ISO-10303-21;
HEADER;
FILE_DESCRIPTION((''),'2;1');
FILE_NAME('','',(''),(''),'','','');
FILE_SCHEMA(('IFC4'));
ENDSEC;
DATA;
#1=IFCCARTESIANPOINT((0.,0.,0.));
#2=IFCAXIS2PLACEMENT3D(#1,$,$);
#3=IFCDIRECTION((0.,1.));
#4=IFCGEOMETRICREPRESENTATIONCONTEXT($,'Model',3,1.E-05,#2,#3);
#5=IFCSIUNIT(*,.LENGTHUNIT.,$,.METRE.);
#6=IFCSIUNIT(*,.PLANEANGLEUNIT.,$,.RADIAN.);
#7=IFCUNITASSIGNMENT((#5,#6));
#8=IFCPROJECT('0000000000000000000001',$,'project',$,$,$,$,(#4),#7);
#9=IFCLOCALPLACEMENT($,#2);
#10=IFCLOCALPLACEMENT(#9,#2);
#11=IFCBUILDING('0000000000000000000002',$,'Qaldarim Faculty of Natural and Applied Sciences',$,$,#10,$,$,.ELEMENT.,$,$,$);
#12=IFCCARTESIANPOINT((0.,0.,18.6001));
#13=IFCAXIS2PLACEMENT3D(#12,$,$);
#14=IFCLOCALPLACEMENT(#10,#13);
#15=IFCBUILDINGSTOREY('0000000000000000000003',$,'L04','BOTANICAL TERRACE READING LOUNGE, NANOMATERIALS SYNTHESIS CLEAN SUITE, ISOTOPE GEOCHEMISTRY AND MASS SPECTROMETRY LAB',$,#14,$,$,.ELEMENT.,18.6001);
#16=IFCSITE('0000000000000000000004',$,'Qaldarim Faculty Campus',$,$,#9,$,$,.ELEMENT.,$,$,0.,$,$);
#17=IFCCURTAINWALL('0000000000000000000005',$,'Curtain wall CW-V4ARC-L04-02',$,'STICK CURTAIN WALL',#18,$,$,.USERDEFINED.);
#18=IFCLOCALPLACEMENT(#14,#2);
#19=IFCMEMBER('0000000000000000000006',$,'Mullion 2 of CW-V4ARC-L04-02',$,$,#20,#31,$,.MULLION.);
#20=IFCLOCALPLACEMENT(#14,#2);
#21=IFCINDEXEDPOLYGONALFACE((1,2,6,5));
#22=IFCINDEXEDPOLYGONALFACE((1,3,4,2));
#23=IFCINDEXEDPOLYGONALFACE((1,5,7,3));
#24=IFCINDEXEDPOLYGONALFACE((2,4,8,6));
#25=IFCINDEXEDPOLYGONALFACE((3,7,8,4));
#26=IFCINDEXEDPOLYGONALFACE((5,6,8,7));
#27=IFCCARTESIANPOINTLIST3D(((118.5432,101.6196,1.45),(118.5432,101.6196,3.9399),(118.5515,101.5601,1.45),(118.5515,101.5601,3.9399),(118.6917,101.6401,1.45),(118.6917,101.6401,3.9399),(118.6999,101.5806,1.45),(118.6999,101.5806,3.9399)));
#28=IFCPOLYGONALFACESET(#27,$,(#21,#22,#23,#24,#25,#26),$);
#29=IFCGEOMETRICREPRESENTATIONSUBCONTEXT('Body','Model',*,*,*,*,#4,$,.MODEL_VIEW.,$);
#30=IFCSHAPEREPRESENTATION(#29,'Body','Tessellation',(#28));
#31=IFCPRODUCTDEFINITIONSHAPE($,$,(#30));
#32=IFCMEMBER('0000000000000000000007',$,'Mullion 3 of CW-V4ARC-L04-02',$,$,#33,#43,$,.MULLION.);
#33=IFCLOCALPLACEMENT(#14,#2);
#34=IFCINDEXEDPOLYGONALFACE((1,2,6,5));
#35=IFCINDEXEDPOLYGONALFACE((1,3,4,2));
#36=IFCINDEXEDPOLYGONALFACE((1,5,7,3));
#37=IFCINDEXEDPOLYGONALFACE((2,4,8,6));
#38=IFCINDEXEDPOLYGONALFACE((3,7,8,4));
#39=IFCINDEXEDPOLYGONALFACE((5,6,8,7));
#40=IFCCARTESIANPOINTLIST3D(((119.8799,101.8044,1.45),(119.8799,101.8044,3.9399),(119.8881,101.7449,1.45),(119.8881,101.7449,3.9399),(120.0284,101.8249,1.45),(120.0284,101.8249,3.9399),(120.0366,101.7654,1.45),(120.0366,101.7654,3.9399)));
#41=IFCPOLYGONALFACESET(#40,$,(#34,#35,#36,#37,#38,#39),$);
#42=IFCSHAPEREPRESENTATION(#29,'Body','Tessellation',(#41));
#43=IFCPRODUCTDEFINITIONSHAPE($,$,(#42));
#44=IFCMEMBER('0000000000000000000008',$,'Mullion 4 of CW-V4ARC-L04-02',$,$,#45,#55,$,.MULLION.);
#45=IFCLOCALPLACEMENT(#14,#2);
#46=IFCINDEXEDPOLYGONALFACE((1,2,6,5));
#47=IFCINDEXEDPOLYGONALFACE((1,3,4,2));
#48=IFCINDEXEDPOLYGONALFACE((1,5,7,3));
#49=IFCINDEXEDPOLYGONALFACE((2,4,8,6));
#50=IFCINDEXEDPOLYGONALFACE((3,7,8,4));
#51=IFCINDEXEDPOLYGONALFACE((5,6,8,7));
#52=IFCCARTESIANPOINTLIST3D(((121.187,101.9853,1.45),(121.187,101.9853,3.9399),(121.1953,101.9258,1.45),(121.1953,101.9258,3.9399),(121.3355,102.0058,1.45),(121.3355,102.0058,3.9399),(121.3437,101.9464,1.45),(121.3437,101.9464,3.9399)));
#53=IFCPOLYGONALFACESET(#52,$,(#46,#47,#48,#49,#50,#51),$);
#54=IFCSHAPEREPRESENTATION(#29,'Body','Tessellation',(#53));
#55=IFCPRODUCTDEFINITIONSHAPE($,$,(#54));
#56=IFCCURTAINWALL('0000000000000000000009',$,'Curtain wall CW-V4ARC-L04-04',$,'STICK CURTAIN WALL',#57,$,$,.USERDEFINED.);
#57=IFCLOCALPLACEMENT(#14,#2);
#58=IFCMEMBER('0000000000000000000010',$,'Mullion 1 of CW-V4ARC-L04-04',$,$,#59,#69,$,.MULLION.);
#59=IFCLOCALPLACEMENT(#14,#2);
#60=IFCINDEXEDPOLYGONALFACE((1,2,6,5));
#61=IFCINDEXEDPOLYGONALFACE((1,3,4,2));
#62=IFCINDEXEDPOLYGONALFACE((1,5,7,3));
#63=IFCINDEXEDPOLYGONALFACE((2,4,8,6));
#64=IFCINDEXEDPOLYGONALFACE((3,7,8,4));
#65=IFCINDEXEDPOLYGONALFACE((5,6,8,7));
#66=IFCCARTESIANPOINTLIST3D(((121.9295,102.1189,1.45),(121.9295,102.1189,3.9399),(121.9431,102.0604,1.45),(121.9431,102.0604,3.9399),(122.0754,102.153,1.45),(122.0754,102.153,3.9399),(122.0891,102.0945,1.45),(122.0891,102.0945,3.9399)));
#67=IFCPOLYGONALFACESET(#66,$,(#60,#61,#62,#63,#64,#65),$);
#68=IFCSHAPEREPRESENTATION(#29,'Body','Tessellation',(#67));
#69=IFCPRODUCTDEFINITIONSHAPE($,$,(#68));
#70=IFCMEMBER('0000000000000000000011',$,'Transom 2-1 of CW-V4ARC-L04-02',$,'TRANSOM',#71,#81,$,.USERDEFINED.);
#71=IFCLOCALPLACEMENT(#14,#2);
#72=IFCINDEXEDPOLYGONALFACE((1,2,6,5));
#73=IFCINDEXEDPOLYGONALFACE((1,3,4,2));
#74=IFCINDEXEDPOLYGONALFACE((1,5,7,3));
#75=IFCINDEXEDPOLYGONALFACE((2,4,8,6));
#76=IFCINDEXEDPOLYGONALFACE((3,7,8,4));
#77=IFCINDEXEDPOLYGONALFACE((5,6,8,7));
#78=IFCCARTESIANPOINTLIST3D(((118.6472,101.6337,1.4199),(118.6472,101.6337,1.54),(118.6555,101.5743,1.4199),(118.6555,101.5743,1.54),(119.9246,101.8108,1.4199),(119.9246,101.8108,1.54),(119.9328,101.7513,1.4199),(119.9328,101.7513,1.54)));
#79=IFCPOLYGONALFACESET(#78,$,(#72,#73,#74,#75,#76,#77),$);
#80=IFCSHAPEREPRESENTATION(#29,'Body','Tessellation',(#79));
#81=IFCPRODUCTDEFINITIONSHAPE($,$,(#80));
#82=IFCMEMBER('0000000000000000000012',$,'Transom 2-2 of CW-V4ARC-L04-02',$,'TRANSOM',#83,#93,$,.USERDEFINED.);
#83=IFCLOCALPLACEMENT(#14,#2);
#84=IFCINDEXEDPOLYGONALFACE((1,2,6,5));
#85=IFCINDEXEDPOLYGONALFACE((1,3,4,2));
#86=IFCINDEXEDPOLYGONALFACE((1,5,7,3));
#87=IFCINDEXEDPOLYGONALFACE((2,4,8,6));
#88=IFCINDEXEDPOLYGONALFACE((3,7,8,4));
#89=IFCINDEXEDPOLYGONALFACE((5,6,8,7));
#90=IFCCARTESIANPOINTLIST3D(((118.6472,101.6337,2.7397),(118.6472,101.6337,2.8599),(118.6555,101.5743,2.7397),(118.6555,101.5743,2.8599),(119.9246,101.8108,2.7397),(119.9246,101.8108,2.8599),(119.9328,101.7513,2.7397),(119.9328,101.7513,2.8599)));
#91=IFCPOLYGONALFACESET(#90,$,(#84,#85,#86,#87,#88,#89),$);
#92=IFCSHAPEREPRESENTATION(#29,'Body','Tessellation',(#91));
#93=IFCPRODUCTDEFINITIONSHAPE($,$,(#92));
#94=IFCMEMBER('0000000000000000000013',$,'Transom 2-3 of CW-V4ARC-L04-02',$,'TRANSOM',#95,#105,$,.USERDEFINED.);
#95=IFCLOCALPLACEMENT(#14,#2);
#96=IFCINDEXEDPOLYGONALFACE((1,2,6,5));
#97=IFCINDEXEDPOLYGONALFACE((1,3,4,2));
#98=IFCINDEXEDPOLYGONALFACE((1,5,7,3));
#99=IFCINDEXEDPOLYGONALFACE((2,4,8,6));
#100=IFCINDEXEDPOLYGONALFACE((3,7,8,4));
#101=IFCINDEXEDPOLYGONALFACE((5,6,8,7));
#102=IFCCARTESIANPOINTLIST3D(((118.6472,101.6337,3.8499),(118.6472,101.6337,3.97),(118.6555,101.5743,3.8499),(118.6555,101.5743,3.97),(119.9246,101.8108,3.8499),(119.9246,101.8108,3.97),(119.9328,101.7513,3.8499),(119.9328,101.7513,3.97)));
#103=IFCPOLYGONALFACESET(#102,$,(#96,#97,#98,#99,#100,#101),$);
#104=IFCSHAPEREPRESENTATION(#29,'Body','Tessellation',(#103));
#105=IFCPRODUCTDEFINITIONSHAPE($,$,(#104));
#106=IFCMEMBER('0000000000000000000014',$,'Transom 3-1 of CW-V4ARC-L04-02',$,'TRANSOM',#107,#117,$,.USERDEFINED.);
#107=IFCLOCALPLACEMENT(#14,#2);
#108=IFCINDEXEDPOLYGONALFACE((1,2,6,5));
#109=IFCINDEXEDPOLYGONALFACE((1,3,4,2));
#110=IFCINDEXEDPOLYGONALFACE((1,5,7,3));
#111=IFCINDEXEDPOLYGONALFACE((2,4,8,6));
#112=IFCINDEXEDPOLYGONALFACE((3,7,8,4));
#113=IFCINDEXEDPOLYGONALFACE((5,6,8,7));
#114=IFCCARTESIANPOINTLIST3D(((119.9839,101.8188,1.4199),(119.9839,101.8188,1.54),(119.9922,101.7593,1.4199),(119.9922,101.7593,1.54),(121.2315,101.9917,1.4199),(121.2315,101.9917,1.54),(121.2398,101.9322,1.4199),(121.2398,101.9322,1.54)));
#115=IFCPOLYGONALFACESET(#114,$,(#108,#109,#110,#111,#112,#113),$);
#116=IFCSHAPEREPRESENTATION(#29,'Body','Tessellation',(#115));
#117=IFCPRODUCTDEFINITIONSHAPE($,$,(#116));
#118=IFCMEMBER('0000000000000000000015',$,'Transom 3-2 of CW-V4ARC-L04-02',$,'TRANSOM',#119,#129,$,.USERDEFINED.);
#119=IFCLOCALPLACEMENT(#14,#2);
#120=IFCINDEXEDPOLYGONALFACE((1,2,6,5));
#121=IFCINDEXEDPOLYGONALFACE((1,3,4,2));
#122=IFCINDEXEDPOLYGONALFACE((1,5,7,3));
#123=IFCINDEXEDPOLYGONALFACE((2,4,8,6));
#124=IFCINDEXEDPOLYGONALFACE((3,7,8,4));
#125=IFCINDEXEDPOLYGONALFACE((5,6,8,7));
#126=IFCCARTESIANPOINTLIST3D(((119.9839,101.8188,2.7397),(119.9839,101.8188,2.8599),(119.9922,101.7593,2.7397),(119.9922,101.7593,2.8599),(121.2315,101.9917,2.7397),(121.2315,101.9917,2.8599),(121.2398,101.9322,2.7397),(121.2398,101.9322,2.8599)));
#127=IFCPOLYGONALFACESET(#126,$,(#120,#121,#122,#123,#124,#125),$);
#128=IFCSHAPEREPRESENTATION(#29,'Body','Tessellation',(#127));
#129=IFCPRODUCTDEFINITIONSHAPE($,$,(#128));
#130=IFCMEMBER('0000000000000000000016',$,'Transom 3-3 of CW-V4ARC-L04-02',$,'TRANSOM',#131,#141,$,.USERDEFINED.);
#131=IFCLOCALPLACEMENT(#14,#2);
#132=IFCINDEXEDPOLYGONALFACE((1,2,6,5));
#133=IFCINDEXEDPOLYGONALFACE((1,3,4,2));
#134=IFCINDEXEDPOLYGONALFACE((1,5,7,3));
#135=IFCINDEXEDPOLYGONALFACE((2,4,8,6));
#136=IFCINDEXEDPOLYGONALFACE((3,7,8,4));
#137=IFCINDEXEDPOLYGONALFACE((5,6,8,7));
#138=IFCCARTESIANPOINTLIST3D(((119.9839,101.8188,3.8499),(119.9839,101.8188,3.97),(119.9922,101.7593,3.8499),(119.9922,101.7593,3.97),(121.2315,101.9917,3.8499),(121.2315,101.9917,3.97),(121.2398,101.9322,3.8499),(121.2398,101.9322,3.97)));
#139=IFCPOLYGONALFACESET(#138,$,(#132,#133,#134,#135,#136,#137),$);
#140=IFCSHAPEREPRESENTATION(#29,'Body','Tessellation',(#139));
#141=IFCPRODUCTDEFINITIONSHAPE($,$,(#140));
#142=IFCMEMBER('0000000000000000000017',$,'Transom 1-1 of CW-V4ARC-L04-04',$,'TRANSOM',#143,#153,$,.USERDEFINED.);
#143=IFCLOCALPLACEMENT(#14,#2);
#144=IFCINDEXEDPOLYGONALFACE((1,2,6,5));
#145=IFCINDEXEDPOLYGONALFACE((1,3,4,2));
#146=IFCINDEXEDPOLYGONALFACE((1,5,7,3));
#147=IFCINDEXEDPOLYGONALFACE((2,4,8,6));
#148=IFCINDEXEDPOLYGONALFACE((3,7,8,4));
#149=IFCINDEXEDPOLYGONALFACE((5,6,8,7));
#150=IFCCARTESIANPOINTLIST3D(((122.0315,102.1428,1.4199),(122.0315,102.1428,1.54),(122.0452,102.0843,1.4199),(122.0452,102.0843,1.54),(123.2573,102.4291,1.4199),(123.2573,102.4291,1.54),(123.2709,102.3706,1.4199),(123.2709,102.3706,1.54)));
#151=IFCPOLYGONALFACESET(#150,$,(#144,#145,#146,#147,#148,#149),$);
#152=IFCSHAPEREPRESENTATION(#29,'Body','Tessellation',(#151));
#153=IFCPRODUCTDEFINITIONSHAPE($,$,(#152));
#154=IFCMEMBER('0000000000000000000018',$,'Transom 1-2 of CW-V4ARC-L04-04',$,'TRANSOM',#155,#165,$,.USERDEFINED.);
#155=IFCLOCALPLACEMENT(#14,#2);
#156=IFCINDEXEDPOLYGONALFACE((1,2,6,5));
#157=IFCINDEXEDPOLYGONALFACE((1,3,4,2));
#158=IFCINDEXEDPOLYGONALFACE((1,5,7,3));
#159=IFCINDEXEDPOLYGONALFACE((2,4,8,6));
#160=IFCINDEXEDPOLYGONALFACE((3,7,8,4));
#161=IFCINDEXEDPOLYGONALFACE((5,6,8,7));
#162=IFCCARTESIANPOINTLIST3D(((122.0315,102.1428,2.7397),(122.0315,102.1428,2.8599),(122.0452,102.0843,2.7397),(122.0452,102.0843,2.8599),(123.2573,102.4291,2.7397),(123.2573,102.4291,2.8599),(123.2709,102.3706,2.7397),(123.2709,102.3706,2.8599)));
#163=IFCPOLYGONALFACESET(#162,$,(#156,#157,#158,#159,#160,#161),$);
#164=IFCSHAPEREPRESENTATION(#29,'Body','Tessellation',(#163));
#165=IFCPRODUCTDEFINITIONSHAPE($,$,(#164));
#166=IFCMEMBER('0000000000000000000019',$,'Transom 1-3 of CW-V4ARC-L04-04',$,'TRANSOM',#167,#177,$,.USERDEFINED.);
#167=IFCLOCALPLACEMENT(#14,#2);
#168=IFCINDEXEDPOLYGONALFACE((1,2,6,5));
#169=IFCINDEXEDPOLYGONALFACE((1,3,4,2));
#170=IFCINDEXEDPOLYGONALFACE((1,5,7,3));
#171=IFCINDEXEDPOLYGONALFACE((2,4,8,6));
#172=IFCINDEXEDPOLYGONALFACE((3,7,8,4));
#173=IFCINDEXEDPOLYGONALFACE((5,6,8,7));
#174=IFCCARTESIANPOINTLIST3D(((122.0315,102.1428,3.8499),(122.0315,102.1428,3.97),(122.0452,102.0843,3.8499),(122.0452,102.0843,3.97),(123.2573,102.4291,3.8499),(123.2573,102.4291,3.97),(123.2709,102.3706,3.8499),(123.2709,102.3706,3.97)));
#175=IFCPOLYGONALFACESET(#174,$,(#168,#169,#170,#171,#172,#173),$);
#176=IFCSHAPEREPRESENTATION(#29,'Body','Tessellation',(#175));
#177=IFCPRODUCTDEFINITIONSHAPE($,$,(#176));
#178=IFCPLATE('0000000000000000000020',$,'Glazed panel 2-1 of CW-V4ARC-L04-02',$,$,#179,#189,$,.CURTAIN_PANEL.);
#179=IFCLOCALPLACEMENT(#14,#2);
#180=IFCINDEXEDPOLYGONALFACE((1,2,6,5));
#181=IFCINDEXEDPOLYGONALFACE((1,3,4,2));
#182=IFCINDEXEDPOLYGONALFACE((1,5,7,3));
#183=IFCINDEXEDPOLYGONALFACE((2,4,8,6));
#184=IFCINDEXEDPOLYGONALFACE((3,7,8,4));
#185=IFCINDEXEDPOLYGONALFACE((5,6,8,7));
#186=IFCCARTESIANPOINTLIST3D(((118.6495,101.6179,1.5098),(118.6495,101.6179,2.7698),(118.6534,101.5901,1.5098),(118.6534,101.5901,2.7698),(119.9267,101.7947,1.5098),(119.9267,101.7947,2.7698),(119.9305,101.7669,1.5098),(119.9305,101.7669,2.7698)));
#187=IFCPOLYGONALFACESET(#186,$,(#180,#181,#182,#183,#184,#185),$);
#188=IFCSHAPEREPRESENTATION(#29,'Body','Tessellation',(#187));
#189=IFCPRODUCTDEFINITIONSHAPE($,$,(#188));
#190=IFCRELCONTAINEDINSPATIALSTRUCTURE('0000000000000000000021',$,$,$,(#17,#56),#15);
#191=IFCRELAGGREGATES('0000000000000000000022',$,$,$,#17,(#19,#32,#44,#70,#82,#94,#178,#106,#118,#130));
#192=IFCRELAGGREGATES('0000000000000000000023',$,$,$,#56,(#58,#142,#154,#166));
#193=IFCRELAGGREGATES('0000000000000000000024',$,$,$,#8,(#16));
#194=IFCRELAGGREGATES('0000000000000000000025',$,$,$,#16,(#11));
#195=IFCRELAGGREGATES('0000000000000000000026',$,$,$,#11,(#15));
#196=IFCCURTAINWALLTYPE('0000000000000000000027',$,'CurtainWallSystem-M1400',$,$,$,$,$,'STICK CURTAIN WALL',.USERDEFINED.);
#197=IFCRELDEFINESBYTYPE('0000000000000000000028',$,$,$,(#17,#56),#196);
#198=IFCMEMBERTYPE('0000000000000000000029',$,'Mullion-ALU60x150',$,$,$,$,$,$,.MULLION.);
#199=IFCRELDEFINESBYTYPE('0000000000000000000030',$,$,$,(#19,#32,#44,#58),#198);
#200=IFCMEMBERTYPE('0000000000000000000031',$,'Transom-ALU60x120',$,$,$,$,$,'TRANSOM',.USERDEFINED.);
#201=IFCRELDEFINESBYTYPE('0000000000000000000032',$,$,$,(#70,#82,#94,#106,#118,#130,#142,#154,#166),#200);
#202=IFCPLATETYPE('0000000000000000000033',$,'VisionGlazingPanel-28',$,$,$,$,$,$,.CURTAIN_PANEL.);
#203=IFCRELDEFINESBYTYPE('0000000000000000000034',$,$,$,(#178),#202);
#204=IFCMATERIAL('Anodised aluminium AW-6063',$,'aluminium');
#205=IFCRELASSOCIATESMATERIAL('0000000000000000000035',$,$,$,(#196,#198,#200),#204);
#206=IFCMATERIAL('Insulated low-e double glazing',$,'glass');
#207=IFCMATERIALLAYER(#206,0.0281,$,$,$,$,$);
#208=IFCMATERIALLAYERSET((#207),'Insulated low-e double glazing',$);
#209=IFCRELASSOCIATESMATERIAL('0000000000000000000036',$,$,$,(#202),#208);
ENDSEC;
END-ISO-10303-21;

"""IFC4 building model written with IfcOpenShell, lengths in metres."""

from ifc_helpers import new_model, si_unit, direction, frame, origin, origin_2d, place, context, subcontext, project, spatial, rectangle, extrude, material, layer, layer_set, material_profile, profile_set, type_object, element, aggregate, save


model = new_model("IFC4")

# Units and contexts
model_context = context("Model", 3, precision=1e-05, world=origin(), true_north=direction((0.0, 1.0)))
body_context = subcontext(model_context, "Body", "Model", "MODEL_VIEW")
ifc_project = project(units=[si_unit("LENGTHUNIT", "METRE"), si_unit("PLANEANGLEUNIT", "RADIAN")], contexts=[model_context])

# Site, building, storey
site_placement = place(None, origin())
site = spatial("IfcSite", under=ifc_project, at=site_placement, Name="Qaldarim Faculty Campus", CompositionType="ELEMENT", RefElevation=0.0)
building_placement = place(site_placement, origin())
building = spatial("IfcBuilding", under=site, at=building_placement, Name="Qaldarim Faculty of Natural and Applied Sciences", CompositionType="ELEMENT")
storey_placement = place(building_placement, frame((0.0, 0.0, 18.6001)))
storey = spatial("IfcBuildingStorey", under=building, at=storey_placement, Name="L04", Description="BOTANICAL TERRACE READING LOUNGE, NANOMATERIALS SYNTHESIS CLEAN SUITE, ISOTOPE GEOCHEMISTRY AND MASS SPECTROMETRY LAB", CompositionType="ELEMENT", Elevation=18.6001)

# Curtain wall, members
ifc_material_1 = material(Name="Anodised aluminium AW-6063", Category="aluminium")
curtain_wall_type = type_object("IfcCurtainWallType", Name="CurtainWallSystem-M1400", ElementType="STICK CURTAIN WALL", PredefinedType="USERDEFINED", material=ifc_material_1)
curtain_wall_1_placement = place(storey_placement, origin())
curtain_wall_1 = element("IfcCurtainWall", 1, at=curtain_wall_1_placement, inside=storey, type_object=curtain_wall_type, Name="Curtain wall CW-V4ARC-L04-02", ObjectType="STICK CURTAIN WALL", PredefinedType="USERDEFINED")
ifc_material_profile_1 = material_profile(ifc_material_1, rectangle(XDim=0.0601, YDim=0.1499, at=origin_2d()), Name="ALU-M60x150")
ifc_profile_set_1 = profile_set([ifc_material_profile_1], Name="Anodised aluminium AW-6063")
member_type_1 = type_object("IfcMemberType", Name="Mullion-ALU60x150", PredefinedType="MULLION", material=ifc_profile_set_1)
member_1_placement = place(storey_placement, frame((118.6216, 101.6001, 1.45), z_axis=(0.0, 0.0, 1.0), x_axis=(-0.137099, 0.990557, 0.0)))
member_1 = element("IfcMember", 2, at=member_1_placement, type_object=member_type_1, Name="Mullion 2 of CW-V4ARC-L04-02", PredefinedType="MULLION", context=body_context, shape_type="SweptSolid", body=[
    extrude(rectangle(XDim=0.0601, YDim=0.1499, at=origin_2d()), origin(), (0.0, 0.0, 1.0), 2.49),
])
member_2_placement = place(storey_placement, frame((119.9583, 101.7849, 1.45), z_axis=(0.0, 0.0, 1.0), x_axis=(-0.137099, 0.990557, 0.0)))
member_2 = element("IfcMember", 3, at=member_2_placement, type_object=member_type_1, Name="Mullion 3 of CW-V4ARC-L04-02", PredefinedType="MULLION", context=body_context, shape_type="SweptSolid", body=[
    extrude(rectangle(XDim=0.0601, YDim=0.1499, at=origin_2d()), origin(), (0.0, 0.0, 1.0), 2.49),
])
member_3_placement = place(storey_placement, frame((121.2654, 101.9658, 1.45), z_axis=(0.0, 0.0, 1.0), x_axis=(-0.137099, 0.990557, 0.0)))
member_3 = element("IfcMember", 4, at=member_3_placement, type_object=member_type_1, Name="Mullion 4 of CW-V4ARC-L04-02", PredefinedType="MULLION", context=body_context, shape_type="SweptSolid", body=[
    extrude(rectangle(XDim=0.0601, YDim=0.1499, at=origin_2d()), origin(), (0.0, 0.0, 1.0), 2.49),
])

# Curtain wall, member
curtain_wall_2_placement = place(storey_placement, origin())
curtain_wall_2 = element("IfcCurtainWall", 5, at=curtain_wall_2_placement, inside=storey, type_object=curtain_wall_type, Name="Curtain wall CW-V4ARC-L04-04", ObjectType="STICK CURTAIN WALL", PredefinedType="USERDEFINED")
member_4_placement = place(storey_placement, frame((122.0093, 102.1067, 1.45), z_axis=(0.0, 0.0, 1.0), x_axis=(-0.227382, 0.973806, 0.0)))
member_4 = element("IfcMember", 6, at=member_4_placement, type_object=member_type_1, Name="Mullion 1 of CW-V4ARC-L04-04", PredefinedType="MULLION", context=body_context, shape_type="SweptSolid", body=[
    extrude(rectangle(XDim=0.0601, YDim=0.1499, at=origin_2d()), origin(), (0.0, 0.0, 1.0), 2.49),
])

# Members
ifc_material_profile_2 = material_profile(ifc_material_1, rectangle(XDim=0.0601, YDim=0.1201, at=origin_2d()), Name="ALU-T60x120")
ifc_profile_set_2 = profile_set([ifc_material_profile_2], Name="Anodised aluminium AW-6063")
member_type_2 = type_object("IfcMemberType", Name="Transom-ALU60x120", ElementType="TRANSOM", PredefinedType="USERDEFINED", material=ifc_profile_set_2)
member_5_placement = place(storey_placement, frame((118.6514, 101.604, 1.48), z_axis=(0.990535, 0.137259, 0.0), x_axis=(-0.137259, 0.990535, 0.0)))
member_5 = element("IfcMember", 7, at=member_5_placement, type_object=member_type_2, Name="Transom 2-1 of CW-V4ARC-L04-02", ObjectType="TRANSOM", PredefinedType="USERDEFINED", context=body_context, shape_type="SweptSolid", body=[
    extrude(rectangle(XDim=0.0601, YDim=0.1201, at=origin_2d()), origin(), (0.0, 0.0, 1.0), 1.2896),
])
member_6_placement = place(storey_placement, frame((118.6514, 101.604, 2.7998), z_axis=(0.990535, 0.137259, 0.0), x_axis=(-0.137259, 0.990535, 0.0)))
member_6 = element("IfcMember", 8, at=member_6_placement, type_object=member_type_2, Name="Transom 2-2 of CW-V4ARC-L04-02", ObjectType="TRANSOM", PredefinedType="USERDEFINED", context=body_context, shape_type="SweptSolid", body=[
    extrude(rectangle(XDim=0.0601, YDim=0.1201, at=origin_2d()), origin(), (0.0, 0.0, 1.0), 1.2896),
])
member_7_placement = place(storey_placement, frame((118.6514, 101.604, 3.9099), z_axis=(0.990535, 0.137259, 0.0), x_axis=(-0.137259, 0.990535, 0.0)))
member_7 = element("IfcMember", 9, at=member_7_placement, type_object=member_type_2, Name="Transom 2-3 of CW-V4ARC-L04-02", ObjectType="TRANSOM", PredefinedType="USERDEFINED", context=body_context, shape_type="SweptSolid", body=[
    extrude(rectangle(XDim=0.0601, YDim=0.1201, at=origin_2d()), origin(), (0.0, 0.0, 1.0), 1.2896),
])
member_8_placement = place(storey_placement, frame((119.988, 101.7891, 1.48), z_axis=(0.990538, 0.137241, 0.0), x_axis=(-0.137241, 0.990538, 0.0)))
member_8 = element("IfcMember", 10, at=member_8_placement, type_object=member_type_2, Name="Transom 3-1 of CW-V4ARC-L04-02", ObjectType="TRANSOM", PredefinedType="USERDEFINED", context=body_context, shape_type="SweptSolid", body=[
    extrude(rectangle(XDim=0.0601, YDim=0.1201, at=origin_2d()), origin(), (0.0, 0.0, 1.0), 1.2595),
])
member_9_placement = place(storey_placement, frame((119.988, 101.7891, 2.7998), z_axis=(0.990538, 0.137241, 0.0), x_axis=(-0.137241, 0.990538, 0.0)))
member_9 = element("IfcMember", 11, at=member_9_placement, type_object=member_type_2, Name="Transom 3-2 of CW-V4ARC-L04-02", ObjectType="TRANSOM", PredefinedType="USERDEFINED", context=body_context, shape_type="SweptSolid", body=[
    extrude(rectangle(XDim=0.0601, YDim=0.1201, at=origin_2d()), origin(), (0.0, 0.0, 1.0), 1.2595),
])
member_10_placement = place(storey_placement, frame((119.988, 101.7891, 3.9099), z_axis=(0.990538, 0.137241, 0.0), x_axis=(-0.137241, 0.990538, 0.0)))
member_10 = element("IfcMember", 12, at=member_10_placement, type_object=member_type_2, Name="Transom 3-3 of CW-V4ARC-L04-02", ObjectType="TRANSOM", PredefinedType="USERDEFINED", context=body_context, shape_type="SweptSolid", body=[
    extrude(rectangle(XDim=0.0601, YDim=0.1201, at=origin_2d()), origin(), (0.0, 0.0, 1.0), 1.2595),
])
member_11_placement = place(storey_placement, frame((122.0383, 102.1135, 1.48), z_axis=(0.97378, 0.227493, 0.0), x_axis=(-0.227493, 0.97378, 0.0)))
member_11 = element("IfcMember", 13, at=member_11_placement, type_object=member_type_2, Name="Transom 1-1 of CW-V4ARC-L04-04", ObjectType="TRANSOM", PredefinedType="USERDEFINED", context=body_context, shape_type="SweptSolid", body=[
    extrude(rectangle(XDim=0.0601, YDim=0.1201, at=origin_2d()), origin(), (0.0, 0.0, 1.0), 1.2588),
])
member_12_placement = place(storey_placement, frame((122.0383, 102.1135, 2.7998), z_axis=(0.97378, 0.227493, 0.0), x_axis=(-0.227493, 0.97378, 0.0)))
member_12 = element("IfcMember", 14, at=member_12_placement, type_object=member_type_2, Name="Transom 1-2 of CW-V4ARC-L04-04", ObjectType="TRANSOM", PredefinedType="USERDEFINED", context=body_context, shape_type="SweptSolid", body=[
    extrude(rectangle(XDim=0.0601, YDim=0.1201, at=origin_2d()), origin(), (0.0, 0.0, 1.0), 1.2588),
])
member_13_placement = place(storey_placement, frame((122.0383, 102.1135, 3.9099), z_axis=(0.97378, 0.227493, 0.0), x_axis=(-0.227493, 0.97378, 0.0)))
member_13 = element("IfcMember", 15, at=member_13_placement, type_object=member_type_2, Name="Transom 1-3 of CW-V4ARC-L04-04", ObjectType="TRANSOM", PredefinedType="USERDEFINED", context=body_context, shape_type="SweptSolid", body=[
    extrude(rectangle(XDim=0.0601, YDim=0.1201, at=origin_2d()), origin(), (0.0, 0.0, 1.0), 1.2588),
])

# Plate
ifc_material_2 = material(Name="Insulated low-e double glazing", Category="glass")
ifc_layer_1 = layer(ifc_material_2, 0.0281)
ifc_layer_set_1 = layer_set([ifc_layer_1], Name="Insulated low-e double glazing")
plate_type = type_object("IfcPlateType", Name="VisionGlazingPanel-28", PredefinedType="CURTAIN_PANEL", material=ifc_layer_set_1)
plate_1_placement = place(storey_placement, frame((119.29, 101.6924, 1.5098), z_axis=(0.0, 0.0, 1.0), x_axis=(0.990557, 0.137099, 0.0)))
plate_1 = element("IfcPlate", 16, at=plate_1_placement, type_object=plate_type, Name="Glazed panel 2-1 of CW-V4ARC-L04-02", PredefinedType="CURTAIN_PANEL", context=body_context, shape_type="SweptSolid", body=[
    extrude(rectangle(XDim=1.2893, YDim=0.0281, at=origin_2d()), origin(), (0.0, 0.0, 1.0), 1.26),
])
aggregate(curtain_wall_1, [member_1, member_2, member_3, member_5, member_6, member_7, plate_1, member_8, member_9, member_10])
aggregate(curtain_wall_2, [member_4, member_11, member_12, member_13])

save(model, "model.ifc")
